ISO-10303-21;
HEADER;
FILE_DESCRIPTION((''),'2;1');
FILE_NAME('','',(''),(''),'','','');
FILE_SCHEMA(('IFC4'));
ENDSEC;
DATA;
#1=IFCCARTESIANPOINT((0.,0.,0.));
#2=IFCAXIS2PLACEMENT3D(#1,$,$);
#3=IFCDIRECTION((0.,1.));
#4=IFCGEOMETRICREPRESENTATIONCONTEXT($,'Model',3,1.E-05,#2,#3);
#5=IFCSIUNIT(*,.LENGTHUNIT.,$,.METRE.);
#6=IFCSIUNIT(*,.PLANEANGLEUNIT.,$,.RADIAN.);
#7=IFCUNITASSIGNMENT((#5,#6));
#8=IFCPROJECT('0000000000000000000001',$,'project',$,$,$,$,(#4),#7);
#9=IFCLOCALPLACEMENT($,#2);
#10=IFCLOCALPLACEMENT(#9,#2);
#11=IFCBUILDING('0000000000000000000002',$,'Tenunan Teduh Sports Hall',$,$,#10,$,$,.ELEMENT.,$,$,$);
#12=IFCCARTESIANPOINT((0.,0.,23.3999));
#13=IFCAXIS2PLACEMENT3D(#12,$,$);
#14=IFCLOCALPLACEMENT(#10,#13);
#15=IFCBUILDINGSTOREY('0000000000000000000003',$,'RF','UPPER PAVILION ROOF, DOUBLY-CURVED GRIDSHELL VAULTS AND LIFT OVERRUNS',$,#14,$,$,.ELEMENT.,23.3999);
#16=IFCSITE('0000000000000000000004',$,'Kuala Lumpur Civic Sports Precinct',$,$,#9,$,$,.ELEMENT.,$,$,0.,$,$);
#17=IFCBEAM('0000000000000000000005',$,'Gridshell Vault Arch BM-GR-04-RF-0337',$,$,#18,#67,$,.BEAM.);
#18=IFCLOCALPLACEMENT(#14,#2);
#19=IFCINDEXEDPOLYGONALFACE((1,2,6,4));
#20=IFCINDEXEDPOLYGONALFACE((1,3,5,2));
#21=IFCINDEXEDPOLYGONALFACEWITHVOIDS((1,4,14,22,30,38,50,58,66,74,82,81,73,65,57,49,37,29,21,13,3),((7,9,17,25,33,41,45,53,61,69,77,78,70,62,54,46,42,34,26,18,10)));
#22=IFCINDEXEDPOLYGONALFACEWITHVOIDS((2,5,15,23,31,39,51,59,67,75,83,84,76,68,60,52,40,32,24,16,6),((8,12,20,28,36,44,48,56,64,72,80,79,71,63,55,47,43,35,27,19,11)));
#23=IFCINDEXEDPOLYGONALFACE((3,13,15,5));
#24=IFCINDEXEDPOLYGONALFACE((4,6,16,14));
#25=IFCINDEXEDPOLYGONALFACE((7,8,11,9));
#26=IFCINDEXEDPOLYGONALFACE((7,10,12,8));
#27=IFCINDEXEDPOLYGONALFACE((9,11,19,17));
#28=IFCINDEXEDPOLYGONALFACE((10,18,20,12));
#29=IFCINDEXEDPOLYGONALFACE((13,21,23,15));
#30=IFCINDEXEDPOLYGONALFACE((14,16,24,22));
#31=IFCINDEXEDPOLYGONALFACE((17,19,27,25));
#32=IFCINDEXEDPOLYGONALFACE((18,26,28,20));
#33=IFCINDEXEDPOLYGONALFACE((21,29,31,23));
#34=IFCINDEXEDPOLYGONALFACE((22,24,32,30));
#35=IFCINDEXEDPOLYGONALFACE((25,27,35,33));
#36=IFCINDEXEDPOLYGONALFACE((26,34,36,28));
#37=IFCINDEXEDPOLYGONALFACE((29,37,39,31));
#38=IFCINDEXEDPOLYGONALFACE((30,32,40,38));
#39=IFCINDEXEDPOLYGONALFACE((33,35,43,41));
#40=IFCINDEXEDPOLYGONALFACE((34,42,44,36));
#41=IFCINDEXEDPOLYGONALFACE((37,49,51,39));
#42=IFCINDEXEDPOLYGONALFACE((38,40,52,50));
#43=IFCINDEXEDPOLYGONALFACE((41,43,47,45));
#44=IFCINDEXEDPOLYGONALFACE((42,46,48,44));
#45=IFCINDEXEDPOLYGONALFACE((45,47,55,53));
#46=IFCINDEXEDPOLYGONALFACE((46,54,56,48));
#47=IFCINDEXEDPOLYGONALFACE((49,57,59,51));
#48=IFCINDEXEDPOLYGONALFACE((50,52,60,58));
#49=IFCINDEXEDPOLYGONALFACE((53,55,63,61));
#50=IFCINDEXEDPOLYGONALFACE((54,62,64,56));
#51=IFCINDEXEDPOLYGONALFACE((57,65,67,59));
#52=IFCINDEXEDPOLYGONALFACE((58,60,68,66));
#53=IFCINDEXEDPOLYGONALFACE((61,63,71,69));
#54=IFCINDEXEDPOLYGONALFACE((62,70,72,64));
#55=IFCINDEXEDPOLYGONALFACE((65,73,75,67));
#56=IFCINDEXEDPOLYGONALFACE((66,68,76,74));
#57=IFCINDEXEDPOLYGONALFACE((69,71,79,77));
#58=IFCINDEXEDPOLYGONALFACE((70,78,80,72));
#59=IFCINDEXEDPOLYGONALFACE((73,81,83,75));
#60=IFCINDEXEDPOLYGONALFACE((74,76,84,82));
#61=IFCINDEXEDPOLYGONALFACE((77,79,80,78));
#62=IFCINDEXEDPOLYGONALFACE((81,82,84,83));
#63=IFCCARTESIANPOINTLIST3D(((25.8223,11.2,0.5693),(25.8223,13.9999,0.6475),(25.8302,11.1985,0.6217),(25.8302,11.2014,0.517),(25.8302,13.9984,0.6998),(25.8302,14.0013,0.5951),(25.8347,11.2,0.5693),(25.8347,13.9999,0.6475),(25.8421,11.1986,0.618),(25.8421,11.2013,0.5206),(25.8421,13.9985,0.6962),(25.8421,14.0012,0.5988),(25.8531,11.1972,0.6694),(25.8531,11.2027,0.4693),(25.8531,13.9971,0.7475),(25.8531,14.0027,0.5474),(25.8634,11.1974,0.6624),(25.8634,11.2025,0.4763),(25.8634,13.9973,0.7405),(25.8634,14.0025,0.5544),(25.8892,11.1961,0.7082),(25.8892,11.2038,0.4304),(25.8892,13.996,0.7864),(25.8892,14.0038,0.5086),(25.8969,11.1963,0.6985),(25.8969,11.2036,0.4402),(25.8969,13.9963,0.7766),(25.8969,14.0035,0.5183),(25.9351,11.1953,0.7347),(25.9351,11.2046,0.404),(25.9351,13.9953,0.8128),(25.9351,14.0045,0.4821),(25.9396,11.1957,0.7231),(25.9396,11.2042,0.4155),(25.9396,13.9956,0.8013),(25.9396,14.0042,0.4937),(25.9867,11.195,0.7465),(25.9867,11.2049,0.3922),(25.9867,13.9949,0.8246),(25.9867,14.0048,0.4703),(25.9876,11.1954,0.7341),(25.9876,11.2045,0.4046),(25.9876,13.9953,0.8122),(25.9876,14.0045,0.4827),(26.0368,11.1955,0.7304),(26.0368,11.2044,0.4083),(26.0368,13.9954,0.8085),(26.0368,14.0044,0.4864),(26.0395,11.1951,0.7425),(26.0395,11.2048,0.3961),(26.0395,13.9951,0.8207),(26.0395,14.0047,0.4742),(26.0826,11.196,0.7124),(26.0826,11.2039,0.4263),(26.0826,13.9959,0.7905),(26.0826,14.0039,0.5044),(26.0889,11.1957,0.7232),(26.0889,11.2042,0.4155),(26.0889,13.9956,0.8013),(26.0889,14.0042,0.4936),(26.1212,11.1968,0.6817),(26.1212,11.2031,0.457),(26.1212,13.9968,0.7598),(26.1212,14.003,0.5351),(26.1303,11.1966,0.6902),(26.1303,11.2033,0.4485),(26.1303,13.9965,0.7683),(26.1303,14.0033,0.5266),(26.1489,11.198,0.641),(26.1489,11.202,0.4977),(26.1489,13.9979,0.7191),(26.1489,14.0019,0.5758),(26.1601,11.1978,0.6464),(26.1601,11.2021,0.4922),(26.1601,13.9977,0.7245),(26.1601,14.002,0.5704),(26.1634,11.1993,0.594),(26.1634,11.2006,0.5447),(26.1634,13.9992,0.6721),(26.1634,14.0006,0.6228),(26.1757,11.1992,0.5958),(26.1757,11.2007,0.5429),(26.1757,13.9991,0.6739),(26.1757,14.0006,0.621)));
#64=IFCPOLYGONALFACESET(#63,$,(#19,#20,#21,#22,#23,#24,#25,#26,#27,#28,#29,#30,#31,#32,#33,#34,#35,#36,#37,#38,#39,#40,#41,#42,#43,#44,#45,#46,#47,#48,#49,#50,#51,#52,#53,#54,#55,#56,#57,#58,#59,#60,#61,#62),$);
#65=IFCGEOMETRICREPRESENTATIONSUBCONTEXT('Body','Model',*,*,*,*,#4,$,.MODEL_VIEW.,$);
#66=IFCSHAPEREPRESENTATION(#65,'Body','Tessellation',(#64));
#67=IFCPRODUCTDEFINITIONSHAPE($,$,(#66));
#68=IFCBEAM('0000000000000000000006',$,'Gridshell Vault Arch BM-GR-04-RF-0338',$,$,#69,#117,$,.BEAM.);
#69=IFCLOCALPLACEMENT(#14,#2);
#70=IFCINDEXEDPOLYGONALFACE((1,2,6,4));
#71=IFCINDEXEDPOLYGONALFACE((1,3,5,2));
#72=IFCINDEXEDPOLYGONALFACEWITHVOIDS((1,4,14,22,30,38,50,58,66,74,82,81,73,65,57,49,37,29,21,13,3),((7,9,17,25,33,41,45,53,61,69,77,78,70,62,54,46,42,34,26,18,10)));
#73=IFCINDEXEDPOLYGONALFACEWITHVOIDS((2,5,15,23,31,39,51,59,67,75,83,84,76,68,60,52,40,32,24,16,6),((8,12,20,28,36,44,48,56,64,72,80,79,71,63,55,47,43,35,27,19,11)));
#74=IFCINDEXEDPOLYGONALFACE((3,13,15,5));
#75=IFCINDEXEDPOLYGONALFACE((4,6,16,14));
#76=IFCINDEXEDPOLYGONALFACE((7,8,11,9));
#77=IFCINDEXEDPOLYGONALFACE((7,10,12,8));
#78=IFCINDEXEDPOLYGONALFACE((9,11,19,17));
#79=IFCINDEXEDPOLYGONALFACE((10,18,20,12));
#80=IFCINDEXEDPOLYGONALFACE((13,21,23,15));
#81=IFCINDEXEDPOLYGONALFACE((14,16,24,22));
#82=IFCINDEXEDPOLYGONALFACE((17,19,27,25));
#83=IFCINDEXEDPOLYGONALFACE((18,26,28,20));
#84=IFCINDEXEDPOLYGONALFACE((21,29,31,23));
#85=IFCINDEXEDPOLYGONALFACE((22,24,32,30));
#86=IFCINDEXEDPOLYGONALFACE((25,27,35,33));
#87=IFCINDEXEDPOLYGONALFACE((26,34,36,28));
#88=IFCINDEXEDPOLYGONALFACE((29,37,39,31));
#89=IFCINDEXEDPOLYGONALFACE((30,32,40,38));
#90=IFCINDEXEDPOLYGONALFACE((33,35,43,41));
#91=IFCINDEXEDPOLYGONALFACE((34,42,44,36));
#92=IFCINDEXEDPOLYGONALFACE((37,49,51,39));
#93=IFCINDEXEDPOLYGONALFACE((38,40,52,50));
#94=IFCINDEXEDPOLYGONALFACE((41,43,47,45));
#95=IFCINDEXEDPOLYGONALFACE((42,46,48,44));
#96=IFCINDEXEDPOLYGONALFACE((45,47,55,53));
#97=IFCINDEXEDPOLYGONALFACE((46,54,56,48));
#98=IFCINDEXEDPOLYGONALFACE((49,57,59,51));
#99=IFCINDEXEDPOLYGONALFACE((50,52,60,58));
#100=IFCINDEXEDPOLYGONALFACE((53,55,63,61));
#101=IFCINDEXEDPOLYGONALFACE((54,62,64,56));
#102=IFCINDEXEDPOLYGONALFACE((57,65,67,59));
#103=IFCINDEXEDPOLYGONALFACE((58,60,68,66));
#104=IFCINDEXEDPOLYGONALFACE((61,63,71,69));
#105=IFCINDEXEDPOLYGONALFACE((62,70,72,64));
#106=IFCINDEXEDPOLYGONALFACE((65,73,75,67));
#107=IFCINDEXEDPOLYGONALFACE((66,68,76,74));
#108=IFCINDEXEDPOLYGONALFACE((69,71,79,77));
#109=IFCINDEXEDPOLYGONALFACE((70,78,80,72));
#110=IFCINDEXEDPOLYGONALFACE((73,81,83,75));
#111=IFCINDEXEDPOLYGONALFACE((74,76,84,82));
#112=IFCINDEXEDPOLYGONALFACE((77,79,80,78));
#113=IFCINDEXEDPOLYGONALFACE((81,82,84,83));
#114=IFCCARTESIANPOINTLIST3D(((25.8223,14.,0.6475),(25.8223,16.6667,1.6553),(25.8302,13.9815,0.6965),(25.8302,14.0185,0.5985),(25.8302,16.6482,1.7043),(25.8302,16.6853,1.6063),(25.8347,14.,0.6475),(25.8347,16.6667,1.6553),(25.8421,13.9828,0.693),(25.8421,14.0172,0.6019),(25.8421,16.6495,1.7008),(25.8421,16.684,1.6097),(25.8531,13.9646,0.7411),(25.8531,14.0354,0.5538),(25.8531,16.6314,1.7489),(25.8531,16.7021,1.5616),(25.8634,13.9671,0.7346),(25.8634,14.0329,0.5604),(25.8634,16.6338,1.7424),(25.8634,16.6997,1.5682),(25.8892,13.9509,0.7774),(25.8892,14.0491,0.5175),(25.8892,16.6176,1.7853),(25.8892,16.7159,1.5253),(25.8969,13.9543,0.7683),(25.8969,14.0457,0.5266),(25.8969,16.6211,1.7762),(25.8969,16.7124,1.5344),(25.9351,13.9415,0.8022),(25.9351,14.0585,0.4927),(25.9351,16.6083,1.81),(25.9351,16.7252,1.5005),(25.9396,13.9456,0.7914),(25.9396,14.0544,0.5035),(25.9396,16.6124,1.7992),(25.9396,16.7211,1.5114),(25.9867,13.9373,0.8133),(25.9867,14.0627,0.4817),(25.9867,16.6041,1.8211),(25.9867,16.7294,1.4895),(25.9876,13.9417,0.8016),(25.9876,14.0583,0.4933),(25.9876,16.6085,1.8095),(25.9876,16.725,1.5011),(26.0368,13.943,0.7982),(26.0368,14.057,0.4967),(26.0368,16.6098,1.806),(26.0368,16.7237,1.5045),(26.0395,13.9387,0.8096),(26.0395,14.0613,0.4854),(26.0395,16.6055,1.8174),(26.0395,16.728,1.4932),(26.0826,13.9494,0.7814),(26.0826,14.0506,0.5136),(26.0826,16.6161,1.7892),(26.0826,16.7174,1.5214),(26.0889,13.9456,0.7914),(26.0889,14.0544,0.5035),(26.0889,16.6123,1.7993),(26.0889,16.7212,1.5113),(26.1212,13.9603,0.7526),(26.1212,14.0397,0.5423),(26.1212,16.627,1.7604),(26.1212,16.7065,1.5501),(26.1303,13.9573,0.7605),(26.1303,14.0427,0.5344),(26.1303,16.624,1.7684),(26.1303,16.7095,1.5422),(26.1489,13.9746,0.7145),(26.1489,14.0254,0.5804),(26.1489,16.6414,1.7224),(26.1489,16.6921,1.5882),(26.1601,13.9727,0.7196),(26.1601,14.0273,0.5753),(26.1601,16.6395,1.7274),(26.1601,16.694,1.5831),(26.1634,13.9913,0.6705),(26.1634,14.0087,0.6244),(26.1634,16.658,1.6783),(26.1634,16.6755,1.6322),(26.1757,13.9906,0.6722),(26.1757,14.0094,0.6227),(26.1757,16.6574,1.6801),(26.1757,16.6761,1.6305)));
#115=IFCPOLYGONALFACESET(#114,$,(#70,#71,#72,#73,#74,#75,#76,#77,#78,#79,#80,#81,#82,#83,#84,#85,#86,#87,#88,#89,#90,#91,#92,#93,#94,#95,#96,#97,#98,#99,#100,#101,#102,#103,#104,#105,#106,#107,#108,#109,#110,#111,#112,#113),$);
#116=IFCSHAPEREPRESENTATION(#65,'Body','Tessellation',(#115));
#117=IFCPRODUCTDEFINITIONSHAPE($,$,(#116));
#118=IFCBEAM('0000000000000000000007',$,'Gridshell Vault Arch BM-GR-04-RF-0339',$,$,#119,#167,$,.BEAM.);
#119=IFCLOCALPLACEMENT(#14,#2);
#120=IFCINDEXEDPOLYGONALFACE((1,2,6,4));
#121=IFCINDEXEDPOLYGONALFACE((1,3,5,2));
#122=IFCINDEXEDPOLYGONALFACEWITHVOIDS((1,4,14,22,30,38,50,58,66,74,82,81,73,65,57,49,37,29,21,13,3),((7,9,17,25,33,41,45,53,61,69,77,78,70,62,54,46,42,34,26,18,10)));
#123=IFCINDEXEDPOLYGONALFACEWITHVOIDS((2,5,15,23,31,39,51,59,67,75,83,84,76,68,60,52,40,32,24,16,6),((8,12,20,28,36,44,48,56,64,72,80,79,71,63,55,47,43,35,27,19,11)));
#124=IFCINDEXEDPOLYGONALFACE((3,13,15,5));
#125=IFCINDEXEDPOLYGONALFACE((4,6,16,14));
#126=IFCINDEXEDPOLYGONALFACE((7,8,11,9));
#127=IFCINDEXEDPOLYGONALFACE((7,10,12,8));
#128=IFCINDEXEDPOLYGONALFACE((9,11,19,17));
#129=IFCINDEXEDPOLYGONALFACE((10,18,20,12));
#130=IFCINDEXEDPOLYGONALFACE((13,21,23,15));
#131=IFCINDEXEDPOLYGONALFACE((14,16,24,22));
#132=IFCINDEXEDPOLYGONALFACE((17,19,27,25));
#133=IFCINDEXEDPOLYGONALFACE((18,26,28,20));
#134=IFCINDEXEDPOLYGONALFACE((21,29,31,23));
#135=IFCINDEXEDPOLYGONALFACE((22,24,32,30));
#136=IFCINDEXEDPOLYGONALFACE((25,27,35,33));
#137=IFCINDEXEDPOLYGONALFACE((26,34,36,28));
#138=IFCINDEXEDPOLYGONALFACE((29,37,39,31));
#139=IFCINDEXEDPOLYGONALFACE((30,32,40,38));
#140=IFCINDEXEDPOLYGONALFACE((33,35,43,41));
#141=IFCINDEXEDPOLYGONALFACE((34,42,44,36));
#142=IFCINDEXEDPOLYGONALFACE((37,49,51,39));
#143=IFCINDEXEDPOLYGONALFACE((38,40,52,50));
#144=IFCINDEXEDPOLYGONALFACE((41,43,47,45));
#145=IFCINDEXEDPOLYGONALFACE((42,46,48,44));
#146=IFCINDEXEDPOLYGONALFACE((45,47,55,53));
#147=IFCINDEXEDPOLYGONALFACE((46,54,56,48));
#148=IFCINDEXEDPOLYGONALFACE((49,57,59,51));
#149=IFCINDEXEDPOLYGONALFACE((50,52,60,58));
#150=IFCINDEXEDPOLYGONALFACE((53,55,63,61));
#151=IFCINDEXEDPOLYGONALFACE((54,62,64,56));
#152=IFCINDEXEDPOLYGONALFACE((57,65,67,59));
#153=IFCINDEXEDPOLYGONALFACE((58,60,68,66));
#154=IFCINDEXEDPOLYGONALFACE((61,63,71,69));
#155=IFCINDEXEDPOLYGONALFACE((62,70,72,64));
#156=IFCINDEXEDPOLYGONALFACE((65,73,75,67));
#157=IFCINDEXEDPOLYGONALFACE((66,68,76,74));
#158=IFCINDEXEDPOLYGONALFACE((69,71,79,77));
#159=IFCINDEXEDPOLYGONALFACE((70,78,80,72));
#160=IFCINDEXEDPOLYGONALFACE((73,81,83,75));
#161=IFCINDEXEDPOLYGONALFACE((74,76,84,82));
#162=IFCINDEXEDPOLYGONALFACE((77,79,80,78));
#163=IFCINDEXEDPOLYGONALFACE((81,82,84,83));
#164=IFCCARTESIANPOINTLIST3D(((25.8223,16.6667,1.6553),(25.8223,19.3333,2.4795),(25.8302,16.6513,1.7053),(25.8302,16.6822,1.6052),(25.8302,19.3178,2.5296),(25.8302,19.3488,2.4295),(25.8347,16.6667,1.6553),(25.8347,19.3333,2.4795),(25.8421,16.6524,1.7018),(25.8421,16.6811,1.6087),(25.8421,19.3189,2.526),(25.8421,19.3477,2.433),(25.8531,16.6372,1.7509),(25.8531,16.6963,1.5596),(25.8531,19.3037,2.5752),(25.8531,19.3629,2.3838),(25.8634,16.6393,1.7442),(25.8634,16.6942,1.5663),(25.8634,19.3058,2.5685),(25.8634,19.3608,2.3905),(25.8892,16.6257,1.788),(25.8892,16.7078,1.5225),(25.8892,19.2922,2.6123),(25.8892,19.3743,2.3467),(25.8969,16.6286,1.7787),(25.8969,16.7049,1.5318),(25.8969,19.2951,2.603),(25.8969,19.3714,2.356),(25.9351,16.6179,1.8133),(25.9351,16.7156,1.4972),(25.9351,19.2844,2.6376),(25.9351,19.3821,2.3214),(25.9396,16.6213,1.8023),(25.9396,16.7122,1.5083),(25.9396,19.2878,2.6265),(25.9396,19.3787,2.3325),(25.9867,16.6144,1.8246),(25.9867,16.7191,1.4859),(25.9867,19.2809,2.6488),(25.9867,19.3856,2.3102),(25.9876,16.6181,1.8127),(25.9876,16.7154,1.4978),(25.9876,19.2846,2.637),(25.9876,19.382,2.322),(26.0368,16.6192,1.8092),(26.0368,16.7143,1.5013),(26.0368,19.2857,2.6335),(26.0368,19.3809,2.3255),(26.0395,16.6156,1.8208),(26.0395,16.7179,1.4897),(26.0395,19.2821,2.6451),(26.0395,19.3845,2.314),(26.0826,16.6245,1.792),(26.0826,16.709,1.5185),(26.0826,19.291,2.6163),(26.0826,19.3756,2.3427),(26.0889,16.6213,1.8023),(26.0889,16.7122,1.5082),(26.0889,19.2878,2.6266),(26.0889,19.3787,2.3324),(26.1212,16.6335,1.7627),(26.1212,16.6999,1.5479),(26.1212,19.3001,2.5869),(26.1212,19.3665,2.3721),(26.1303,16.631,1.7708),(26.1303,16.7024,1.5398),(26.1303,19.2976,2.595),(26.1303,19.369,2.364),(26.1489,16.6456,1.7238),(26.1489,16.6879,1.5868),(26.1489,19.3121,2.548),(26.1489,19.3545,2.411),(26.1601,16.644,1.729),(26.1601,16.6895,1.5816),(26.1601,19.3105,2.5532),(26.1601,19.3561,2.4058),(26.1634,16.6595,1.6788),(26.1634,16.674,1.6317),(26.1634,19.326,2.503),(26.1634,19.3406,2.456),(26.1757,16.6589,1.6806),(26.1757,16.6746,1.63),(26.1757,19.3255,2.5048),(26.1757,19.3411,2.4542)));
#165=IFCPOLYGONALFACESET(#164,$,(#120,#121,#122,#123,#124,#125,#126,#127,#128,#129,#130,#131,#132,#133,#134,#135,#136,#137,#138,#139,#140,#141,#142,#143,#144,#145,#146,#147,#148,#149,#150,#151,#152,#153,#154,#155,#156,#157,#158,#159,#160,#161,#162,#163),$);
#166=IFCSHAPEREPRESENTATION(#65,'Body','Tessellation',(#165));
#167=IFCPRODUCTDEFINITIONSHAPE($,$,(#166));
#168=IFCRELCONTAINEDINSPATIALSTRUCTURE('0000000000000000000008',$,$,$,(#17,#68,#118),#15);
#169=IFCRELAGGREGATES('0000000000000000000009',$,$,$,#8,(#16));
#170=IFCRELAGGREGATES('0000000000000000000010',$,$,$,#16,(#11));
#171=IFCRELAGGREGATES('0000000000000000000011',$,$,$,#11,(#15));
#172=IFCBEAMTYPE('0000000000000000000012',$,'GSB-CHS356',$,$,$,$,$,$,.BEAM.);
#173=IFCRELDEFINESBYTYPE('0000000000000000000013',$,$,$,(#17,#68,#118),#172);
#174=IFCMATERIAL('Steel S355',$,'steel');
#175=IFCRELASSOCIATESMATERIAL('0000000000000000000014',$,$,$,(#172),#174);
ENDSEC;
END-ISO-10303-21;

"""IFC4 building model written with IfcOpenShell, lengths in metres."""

from ifc_helpers import new_model, si_unit, direction, frame, origin, origin_2d, place, context, subcontext, project, spatial, hollow_circle, extrude, material, material_profile, profile_set, type_object, element, save


model = new_model("IFC4")

# Units and contexts
model_context = context("Model", 3, precision=1e-05, world=origin(), true_north=direction((0.0, 1.0)))
body_context = subcontext(model_context, "Body", "Model", "MODEL_VIEW")
ifc_project = project(units=[si_unit("LENGTHUNIT", "METRE"), si_unit("PLANEANGLEUNIT", "RADIAN")], contexts=[model_context])

# Site, building, storey
site_placement = place(None, origin())
site = spatial("IfcSite", under=ifc_project, at=site_placement, Name="Kuala Lumpur Civic Sports Precinct", CompositionType="ELEMENT", RefElevation=0.0)
building_placement = place(site_placement, origin())
building = spatial("IfcBuilding", under=site, at=building_placement, Name="Tenunan Teduh Sports Hall", CompositionType="ELEMENT")
storey_placement = place(building_placement, frame((0.0, 0.0, 23.3999)))
storey = spatial("IfcBuildingStorey", under=building, at=storey_placement, Name="RF", Description="UPPER PAVILION ROOF, DOUBLY-CURVED GRIDSHELL VAULTS AND LIFT OVERRUNS", CompositionType="ELEMENT", Elevation=23.3999)

# Beams
ifc_material_1 = material(Name="Steel S355", Category="steel")
ifc_material_profile_1 = material_profile(ifc_material_1, hollow_circle(Radius=0.1777, WallThickness=0.0125, at=origin_2d()), Name="CHS 355.6x12.5")
ifc_profile_set_1 = profile_set([ifc_material_profile_1], Name="Steel S355")
beam_type_1 = type_object("IfcBeamType", Name="GSB-CHS356", PredefinedType="BEAM", material=ifc_profile_set_1)
beam_1_placement = place(storey_placement, frame((26.0, 11.2, 0.5693), z_axis=(0.0, 0.999611, 0.02789), x_axis=(-1.0, 0.0, 0.0)))
element("IfcBeam", 1, at=beam_1_placement, inside=storey, type_object=beam_type_1, Name="Gridshell Vault Arch BM-GR-04-RF-0337", PredefinedType="BEAM", context=body_context, shape_type="SweptSolid", body=[
    extrude(hollow_circle(Radius=0.1777, WallThickness=0.0125, at=origin_2d()), origin(), (0.0, 0.0, 1.0), 2.801),
])
beam_2_placement = place(storey_placement, frame((26.0, 14.0, 0.6475), z_axis=(0.0, 0.935429, 0.353515), x_axis=(-1.0, 0.0, 0.0)))
element("IfcBeam", 2, at=beam_2_placement, inside=storey, type_object=beam_type_1, Name="Gridshell Vault Arch BM-GR-04-RF-0338", PredefinedType="BEAM", context=body_context, shape_type="SweptSolid", body=[
    extrude(hollow_circle(Radius=0.1777, WallThickness=0.0125, at=origin_2d()), origin(), (0.0, 0.0, 1.0), 2.8508),
])
beam_3_placement = place(storey_placement, frame((26.0, 16.6667, 1.6553), z_axis=(0.0, 0.9554, 0.295315), x_axis=(-1.0, 0.0, 0.0)))
element("IfcBeam", 3, at=beam_3_placement, inside=storey, type_object=beam_type_1, Name="Gridshell Vault Arch BM-GR-04-RF-0339", PredefinedType="BEAM", context=body_context, shape_type="SweptSolid", body=[
    extrude(hollow_circle(Radius=0.1777, WallThickness=0.0125, at=origin_2d()), origin(), (0.0, 0.0, 1.0), 2.791),
])

save(model, "model.ifc")
